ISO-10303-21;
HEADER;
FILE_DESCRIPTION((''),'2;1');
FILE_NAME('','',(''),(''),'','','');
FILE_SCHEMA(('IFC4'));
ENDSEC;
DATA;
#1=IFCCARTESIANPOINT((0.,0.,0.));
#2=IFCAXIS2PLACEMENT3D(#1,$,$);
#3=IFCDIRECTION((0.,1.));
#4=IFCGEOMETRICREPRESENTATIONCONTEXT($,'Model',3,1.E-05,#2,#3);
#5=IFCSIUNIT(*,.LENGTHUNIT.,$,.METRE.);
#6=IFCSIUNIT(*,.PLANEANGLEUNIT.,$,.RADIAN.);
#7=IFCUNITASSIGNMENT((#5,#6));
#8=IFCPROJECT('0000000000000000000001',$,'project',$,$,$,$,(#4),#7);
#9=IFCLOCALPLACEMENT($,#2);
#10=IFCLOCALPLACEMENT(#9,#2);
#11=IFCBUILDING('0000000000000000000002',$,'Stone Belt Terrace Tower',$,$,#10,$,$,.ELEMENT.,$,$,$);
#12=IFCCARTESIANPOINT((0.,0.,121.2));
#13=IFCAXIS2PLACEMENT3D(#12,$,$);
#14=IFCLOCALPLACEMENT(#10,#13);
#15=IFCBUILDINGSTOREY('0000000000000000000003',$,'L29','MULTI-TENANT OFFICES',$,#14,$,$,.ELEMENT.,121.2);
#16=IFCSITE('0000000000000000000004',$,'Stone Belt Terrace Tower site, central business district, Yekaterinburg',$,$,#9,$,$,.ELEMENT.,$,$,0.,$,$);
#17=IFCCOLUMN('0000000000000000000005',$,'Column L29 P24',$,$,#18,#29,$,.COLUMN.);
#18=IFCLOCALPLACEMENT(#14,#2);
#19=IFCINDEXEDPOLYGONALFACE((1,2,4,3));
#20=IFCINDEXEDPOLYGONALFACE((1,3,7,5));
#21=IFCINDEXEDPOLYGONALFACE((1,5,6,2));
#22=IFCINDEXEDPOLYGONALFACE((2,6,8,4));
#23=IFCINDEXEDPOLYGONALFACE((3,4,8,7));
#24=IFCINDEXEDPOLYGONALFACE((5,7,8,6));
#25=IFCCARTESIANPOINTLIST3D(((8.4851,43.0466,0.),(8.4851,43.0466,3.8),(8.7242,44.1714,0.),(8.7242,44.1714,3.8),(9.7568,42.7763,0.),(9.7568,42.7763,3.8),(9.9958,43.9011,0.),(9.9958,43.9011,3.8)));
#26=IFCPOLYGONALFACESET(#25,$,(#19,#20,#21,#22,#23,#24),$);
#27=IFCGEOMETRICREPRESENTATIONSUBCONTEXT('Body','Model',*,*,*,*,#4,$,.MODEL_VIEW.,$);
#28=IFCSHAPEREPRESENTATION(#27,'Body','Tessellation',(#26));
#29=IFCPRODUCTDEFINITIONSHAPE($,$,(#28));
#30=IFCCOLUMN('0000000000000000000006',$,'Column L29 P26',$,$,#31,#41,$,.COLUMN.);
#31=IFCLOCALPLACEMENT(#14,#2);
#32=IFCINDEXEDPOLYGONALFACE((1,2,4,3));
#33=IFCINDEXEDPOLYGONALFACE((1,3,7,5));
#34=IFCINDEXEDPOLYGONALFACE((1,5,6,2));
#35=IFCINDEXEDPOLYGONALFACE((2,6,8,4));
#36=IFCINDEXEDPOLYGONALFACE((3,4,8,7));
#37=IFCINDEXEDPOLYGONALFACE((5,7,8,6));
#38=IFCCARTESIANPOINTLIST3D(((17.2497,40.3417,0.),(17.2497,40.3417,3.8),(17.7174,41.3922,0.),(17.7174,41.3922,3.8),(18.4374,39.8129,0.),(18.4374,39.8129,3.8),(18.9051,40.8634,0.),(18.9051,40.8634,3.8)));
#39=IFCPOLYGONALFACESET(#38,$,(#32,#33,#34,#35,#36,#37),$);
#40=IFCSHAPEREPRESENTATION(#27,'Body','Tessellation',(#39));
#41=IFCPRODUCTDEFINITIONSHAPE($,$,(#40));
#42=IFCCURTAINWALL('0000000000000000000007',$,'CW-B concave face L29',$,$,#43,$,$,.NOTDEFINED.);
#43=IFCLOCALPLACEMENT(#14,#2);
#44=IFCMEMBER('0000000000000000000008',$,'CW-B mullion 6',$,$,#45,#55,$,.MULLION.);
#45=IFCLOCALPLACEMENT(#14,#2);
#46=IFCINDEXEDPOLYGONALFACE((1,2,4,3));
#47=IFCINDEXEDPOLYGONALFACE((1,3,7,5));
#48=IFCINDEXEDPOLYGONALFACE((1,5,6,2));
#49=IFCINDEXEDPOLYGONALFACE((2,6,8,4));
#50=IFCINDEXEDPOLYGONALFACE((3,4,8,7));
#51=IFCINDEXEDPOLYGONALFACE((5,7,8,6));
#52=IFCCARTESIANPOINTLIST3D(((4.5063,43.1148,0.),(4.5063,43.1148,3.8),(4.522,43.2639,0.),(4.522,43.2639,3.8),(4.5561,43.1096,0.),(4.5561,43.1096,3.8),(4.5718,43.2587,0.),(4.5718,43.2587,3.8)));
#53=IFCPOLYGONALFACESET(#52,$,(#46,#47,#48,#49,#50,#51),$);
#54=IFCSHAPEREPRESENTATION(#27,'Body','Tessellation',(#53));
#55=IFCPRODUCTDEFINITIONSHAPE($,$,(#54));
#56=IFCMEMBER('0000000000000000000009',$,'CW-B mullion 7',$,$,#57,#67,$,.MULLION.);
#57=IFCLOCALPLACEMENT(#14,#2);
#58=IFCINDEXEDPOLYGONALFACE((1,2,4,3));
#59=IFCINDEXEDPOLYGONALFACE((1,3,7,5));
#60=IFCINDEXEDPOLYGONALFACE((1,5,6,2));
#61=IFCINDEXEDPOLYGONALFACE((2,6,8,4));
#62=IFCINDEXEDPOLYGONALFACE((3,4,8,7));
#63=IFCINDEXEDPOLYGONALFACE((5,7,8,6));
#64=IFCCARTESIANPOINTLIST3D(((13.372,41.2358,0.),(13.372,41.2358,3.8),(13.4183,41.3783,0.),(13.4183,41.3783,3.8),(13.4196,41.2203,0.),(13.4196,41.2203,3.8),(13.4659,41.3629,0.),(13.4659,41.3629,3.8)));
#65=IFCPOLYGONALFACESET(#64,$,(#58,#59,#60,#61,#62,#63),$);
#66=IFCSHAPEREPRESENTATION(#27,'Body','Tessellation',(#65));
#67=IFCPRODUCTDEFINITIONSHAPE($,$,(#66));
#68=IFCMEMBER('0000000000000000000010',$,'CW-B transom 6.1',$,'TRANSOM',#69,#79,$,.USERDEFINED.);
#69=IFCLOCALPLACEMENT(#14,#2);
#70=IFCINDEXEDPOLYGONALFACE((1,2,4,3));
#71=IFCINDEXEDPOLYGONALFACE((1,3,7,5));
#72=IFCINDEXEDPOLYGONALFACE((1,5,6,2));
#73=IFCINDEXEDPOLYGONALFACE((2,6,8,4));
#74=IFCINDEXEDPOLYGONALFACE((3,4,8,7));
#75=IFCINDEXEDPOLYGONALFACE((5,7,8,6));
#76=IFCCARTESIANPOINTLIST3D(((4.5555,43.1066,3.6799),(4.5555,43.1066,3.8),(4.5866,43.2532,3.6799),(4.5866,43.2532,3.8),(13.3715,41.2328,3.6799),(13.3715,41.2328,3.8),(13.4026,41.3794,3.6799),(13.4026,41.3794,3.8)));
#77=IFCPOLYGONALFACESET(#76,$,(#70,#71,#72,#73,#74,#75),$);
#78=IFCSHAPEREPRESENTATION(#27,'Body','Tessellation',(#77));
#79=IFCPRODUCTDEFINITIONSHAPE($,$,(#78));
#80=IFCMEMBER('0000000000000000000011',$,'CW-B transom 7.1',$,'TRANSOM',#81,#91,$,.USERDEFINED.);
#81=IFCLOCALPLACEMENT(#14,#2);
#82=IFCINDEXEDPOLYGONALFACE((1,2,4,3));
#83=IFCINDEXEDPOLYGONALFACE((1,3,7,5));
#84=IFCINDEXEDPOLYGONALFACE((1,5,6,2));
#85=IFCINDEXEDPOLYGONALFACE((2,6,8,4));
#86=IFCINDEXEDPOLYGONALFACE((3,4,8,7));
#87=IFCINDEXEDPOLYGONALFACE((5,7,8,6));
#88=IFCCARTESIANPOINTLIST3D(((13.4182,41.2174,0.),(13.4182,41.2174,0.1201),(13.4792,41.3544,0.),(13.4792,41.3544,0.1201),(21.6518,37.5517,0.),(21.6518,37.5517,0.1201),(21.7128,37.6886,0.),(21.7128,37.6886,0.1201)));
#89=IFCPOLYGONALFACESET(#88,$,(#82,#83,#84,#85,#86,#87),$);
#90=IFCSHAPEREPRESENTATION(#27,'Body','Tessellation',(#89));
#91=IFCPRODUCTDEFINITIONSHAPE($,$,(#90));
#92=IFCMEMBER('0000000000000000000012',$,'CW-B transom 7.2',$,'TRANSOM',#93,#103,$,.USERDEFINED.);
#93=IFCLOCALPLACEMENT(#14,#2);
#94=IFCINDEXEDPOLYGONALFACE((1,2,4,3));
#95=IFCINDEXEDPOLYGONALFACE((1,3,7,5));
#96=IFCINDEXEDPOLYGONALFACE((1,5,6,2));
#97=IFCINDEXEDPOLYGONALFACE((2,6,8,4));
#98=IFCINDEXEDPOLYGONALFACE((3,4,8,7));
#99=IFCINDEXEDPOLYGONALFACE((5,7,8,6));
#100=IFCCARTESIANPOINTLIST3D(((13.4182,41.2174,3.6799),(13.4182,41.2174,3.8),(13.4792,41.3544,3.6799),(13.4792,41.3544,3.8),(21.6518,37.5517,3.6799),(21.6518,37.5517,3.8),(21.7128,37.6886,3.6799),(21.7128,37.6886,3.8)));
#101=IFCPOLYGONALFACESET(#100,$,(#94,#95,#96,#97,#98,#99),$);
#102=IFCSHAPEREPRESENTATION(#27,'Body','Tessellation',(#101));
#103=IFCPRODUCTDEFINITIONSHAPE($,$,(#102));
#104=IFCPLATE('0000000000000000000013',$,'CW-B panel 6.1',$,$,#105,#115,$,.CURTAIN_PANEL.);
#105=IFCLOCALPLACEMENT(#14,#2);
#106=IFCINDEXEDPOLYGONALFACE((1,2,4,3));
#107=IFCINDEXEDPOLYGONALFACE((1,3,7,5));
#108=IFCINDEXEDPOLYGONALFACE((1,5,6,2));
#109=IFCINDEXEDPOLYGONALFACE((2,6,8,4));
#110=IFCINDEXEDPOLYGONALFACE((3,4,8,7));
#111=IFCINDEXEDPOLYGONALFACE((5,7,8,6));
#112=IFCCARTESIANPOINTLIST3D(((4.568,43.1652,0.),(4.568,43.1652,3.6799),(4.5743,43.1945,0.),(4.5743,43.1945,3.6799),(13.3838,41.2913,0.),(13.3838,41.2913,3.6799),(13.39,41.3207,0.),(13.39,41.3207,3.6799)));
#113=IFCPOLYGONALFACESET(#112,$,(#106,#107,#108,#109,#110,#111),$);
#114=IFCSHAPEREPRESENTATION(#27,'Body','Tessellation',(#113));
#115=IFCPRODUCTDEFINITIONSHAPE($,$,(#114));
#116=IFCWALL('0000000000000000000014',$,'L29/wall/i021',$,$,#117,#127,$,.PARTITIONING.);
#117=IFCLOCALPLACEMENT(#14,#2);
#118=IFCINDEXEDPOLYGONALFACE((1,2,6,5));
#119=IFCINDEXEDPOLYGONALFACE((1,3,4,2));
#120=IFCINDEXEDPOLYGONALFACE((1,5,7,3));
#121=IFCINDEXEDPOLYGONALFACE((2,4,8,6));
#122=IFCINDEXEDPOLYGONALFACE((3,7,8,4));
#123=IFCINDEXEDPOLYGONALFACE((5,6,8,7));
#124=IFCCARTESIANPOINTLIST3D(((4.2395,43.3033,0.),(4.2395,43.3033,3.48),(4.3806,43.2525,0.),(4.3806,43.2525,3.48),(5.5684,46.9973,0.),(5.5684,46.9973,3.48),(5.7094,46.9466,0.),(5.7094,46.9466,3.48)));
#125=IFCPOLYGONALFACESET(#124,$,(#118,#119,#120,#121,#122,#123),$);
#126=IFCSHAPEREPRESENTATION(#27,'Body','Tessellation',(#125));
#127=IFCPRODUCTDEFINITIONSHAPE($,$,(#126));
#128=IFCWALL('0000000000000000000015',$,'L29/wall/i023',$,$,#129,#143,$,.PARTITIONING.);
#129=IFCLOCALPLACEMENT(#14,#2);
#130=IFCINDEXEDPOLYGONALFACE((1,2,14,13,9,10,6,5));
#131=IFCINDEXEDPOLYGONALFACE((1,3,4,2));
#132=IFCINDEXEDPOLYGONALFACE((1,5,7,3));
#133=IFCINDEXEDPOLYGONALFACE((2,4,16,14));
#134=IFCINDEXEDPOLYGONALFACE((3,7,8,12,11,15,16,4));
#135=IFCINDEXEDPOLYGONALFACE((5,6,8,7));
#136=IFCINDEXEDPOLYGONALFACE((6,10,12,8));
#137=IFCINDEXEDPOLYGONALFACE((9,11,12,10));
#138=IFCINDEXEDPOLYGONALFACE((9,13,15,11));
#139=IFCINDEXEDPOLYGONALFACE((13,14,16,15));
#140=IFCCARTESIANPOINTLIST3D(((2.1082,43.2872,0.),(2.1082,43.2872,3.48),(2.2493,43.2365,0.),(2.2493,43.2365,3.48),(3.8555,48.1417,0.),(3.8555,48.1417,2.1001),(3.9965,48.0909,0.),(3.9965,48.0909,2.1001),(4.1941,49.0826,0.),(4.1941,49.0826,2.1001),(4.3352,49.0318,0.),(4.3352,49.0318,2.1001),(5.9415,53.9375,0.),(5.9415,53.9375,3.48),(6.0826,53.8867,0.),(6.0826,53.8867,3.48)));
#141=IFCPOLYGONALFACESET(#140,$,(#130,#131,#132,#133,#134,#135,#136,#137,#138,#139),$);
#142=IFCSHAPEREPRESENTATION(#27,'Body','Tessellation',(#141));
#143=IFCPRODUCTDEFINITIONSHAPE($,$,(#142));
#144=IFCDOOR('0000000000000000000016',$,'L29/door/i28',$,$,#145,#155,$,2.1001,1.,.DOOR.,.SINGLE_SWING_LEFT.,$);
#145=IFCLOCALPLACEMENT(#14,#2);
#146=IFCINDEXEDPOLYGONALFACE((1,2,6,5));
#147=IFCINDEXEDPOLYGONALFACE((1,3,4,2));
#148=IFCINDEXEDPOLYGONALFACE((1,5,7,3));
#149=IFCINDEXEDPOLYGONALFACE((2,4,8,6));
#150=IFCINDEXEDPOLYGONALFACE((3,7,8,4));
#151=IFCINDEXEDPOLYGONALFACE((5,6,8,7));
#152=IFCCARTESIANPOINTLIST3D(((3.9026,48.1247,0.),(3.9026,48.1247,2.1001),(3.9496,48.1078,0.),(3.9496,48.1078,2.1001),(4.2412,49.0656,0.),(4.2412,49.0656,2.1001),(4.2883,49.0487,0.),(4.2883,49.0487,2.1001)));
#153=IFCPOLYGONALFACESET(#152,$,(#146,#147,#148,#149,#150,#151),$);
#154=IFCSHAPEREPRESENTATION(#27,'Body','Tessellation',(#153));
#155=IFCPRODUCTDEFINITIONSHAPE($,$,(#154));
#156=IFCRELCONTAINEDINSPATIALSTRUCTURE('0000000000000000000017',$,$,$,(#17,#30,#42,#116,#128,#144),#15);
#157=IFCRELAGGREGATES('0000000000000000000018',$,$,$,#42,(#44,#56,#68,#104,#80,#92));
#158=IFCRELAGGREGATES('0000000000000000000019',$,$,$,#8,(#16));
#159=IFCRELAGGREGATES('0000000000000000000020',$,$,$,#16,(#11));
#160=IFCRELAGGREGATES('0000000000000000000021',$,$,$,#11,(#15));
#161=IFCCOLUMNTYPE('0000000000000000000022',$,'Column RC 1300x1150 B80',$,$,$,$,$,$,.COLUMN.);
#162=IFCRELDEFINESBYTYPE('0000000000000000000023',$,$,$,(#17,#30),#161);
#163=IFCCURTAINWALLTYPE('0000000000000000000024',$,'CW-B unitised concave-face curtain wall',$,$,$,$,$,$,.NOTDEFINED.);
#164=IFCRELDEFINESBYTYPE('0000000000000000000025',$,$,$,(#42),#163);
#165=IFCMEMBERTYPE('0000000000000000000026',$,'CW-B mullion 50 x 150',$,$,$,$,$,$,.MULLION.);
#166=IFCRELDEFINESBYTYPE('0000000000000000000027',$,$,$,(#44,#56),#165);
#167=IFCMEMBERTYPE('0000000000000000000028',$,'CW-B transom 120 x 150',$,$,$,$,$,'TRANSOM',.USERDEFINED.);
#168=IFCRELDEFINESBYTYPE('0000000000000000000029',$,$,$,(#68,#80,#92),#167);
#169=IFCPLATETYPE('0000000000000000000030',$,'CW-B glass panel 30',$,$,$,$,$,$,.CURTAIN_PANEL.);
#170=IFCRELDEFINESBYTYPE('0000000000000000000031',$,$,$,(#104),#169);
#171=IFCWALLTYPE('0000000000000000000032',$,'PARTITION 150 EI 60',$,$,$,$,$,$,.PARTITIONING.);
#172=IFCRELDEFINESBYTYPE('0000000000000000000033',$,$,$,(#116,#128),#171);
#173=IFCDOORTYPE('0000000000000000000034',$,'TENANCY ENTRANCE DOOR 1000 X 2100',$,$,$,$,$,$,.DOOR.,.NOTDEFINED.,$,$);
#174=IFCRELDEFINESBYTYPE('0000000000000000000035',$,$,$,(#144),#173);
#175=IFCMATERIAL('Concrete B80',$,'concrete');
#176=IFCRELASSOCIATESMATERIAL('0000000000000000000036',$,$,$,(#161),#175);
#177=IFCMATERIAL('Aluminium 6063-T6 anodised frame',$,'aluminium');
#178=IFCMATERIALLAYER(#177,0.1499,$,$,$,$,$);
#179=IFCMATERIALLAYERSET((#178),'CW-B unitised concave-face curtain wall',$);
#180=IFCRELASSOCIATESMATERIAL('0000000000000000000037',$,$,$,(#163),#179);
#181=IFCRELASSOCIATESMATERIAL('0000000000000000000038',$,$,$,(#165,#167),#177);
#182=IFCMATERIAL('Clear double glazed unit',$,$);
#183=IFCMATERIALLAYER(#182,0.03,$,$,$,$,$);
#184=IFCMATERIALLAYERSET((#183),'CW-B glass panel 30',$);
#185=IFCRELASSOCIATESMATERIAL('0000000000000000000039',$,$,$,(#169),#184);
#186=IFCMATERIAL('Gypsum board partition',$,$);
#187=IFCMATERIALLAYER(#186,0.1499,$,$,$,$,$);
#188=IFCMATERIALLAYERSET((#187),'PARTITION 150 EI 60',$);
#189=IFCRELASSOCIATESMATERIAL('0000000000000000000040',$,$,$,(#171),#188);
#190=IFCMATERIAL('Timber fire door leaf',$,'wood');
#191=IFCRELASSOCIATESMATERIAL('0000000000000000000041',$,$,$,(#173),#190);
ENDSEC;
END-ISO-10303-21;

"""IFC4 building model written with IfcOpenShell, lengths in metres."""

from ifc_helpers import new_model, si_unit, direction, frame, frame_2d, origin, origin_2d, place, context, subcontext, project, spatial, rectangle, extrude, material, layer, layer_set, material_profile, profile_set, type_object, element, fill, aggregate, save


model = new_model("IFC4")

# Units and contexts
model_context = context("Model", 3, precision=1e-05, world=origin(), true_north=direction((0.0, 1.0)))
body_context = subcontext(model_context, "Body", "Model", "MODEL_VIEW")
ifc_project = project(units=[si_unit("LENGTHUNIT", "METRE"), si_unit("PLANEANGLEUNIT", "RADIAN")], contexts=[model_context])

# Site, building, storey
site_placement = place(None, origin())
site = spatial("IfcSite", under=ifc_project, at=site_placement, Name="Stone Belt Terrace Tower site, central business district, Yekaterinburg", CompositionType="ELEMENT", RefElevation=0.0)
building_placement = place(site_placement, origin())
building = spatial("IfcBuilding", under=site, at=building_placement, Name="Stone Belt Terrace Tower", CompositionType="ELEMENT")
storey_placement = place(building_placement, frame((0.0, 0.0, 121.2)))
storey = spatial("IfcBuildingStorey", under=building, at=storey_placement, Name="L29", Description="MULTI-TENANT OFFICES", CompositionType="ELEMENT", Elevation=121.2)

# Columns
ifc_material_1 = material(Name="Concrete B80", Category="concrete")
ifc_material_profile_1 = material_profile(ifc_material_1, rectangle(XDim=1.3, YDim=1.1499, at=origin_2d()), Name="RC 1300x1150")
ifc_profile_set_1 = profile_set([ifc_material_profile_1], Name="Concrete B80")
column_type = type_object("IfcColumnType", Name="Column RC 1300x1150 B80", PredefinedType="COLUMN", material=ifc_profile_set_1)
for number, where, z_axis, x_axis, name in (
    (1, (9.2405, 43.4739, 0.0), (0.0, 0.0, 1.0), (0.978148, -0.207912, 0.0), "Column L29 P24"),
    (2, (18.0774, 40.6025, 0.0), (0.0, 0.0, 1.0), (0.913545, -0.406737, 0.0), "Column L29 P26"),
):
    element("IfcColumn", number, at=place(storey_placement, frame(where, z_axis=z_axis, x_axis=x_axis)), inside=storey, type_object=column_type, Name=name, PredefinedType="COLUMN", context=body_context, shape_type="SweptSolid", body=[
        extrude(rectangle(XDim=1.3, YDim=1.1499, at=origin_2d()), origin(), (0.0, 0.0, 1.0), 3.8),
    ])

# Curtain wall, members, plate
ifc_material_2 = material(Name="Aluminium 6063-T6 anodised frame", Category="aluminium")
ifc_layer_1 = layer(ifc_material_2, 0.1499)
ifc_layer_set_1 = layer_set([ifc_layer_1], Name="CW-B unitised concave-face curtain wall")
curtain_wall_type = type_object("IfcCurtainWallType", Name="CW-B unitised concave-face curtain wall", PredefinedType="NOTDEFINED", material=ifc_layer_set_1)
curtain_wall_placement = place(storey_placement, origin())
curtain_wall = element("IfcCurtainWall", 3, at=curtain_wall_placement, inside=storey, type_object=curtain_wall_type, Name="CW-B concave face L29", PredefinedType="NOTDEFINED")
ifc_material_profile_2 = material_profile(ifc_material_2, rectangle(XDim=0.1499, YDim=0.05, at=origin_2d()), Name="Aluminium 6063-T6 50x150")
ifc_profile_set_2 = profile_set([ifc_material_profile_2], Name="Aluminium 6063-T6 anodised frame")
member_type_1 = type_object("IfcMemberType", Name="CW-B mullion 50 x 150", PredefinedType="MULLION", material=ifc_profile_set_2)
member_1_placement = place(storey_placement, frame((4.5391, 43.1868, 0.0), z_axis=(0.0, 0.0, 1.0), x_axis=(0.104528, 0.994522, 0.0)))
member_1 = element("IfcMember", 4, at=member_1_placement, type_object=member_type_1, Name="CW-B mullion 6", PredefinedType="MULLION", context=body_context, shape_type="SweptSolid", body=[
    extrude(rectangle(XDim=0.1499, YDim=0.05, at=origin_2d()), origin(), (0.0, 0.0, 1.0), 3.8),
])
member_2_placement = place(storey_placement, frame((13.4189, 41.2993, 0.0), z_axis=(0.0, 0.0, 1.0), x_axis=(0.309017, 0.951057, 0.0)))
member_2 = element("IfcMember", 5, at=member_2_placement, type_object=member_type_1, Name="CW-B mullion 7", PredefinedType="MULLION", context=body_context, shape_type="SweptSolid", body=[
    extrude(rectangle(XDim=0.1499, YDim=0.05, at=origin_2d()), origin(), (0.0, 0.0, 1.0), 3.8),
])
ifc_material_profile_3 = material_profile(ifc_material_2, rectangle(XDim=0.1499, YDim=0.1201, at=origin_2d()), Name="Aluminium 6063-T6 150x120")
ifc_profile_set_3 = profile_set([ifc_material_profile_3], Name="Aluminium 6063-T6 anodised frame")
member_type_2 = type_object("IfcMemberType", Name="CW-B transom 120 x 150", ElementType="TRANSOM", PredefinedType="USERDEFINED", material=ifc_profile_set_3)
member_3_placement = place(storey_placement, frame((4.571, 43.1799, 3.74), z_axis=(0.97815, -0.207901, 0.0), x_axis=(0.207901, 0.97815, 0.0)))
member_3 = element("IfcMember", 6, at=member_3_placement, type_object=member_type_2, Name="CW-B transom 6.1", ObjectType="TRANSOM", PredefinedType="USERDEFINED", context=body_context, shape_type="SweptSolid", body=[
    extrude(rectangle(XDim=0.1499, YDim=0.1201, at=origin_2d()), origin(), (0.0, 0.0, 1.0), 9.0129),
])
member_4_placement = place(storey_placement, frame((13.4487, 41.2859, 0.0601), z_axis=(0.913549, -0.406729, 0.0), x_axis=(0.406729, 0.913549, 0.0)))
member_4 = element("IfcMember", 7, at=member_4_placement, type_object=member_type_2, Name="CW-B transom 7.1", ObjectType="TRANSOM", PredefinedType="USERDEFINED", context=body_context, shape_type="SweptSolid", body=[
    extrude(rectangle(XDim=0.1499, YDim=0.1201, at=origin_2d()), origin(), (0.0, 0.0, 1.0), 9.0127),
])
member_5_placement = place(storey_placement, frame((13.4487, 41.2859, 3.74), z_axis=(0.913549, -0.406729, 0.0), x_axis=(0.406729, 0.913549, 0.0)))
member_5 = element("IfcMember", 8, at=member_5_placement, type_object=member_type_2, Name="CW-B transom 7.2", ObjectType="TRANSOM", PredefinedType="USERDEFINED", context=body_context, shape_type="SweptSolid", body=[
    extrude(rectangle(XDim=0.1499, YDim=0.1201, at=origin_2d()), origin(), (0.0, 0.0, 1.0), 9.0127),
])
ifc_material_3 = material(Name="Clear double glazed unit")
ifc_layer_2 = layer(ifc_material_3, 0.03)
ifc_layer_set_2 = layer_set([ifc_layer_2], Name="CW-B glass panel 30")
plate_type = type_object("IfcPlateType", Name="CW-B glass panel 30", PredefinedType="CURTAIN_PANEL", material=ifc_layer_set_2)
plate_placement = place(storey_placement, frame((8.979, 42.2429, 0.0), z_axis=(0.0, 0.0, 1.0), x_axis=(0.978148, -0.207912, 0.0)))
plate = element("IfcPlate", 9, at=plate_placement, type_object=plate_type, Name="CW-B panel 6.1", PredefinedType="CURTAIN_PANEL", context=body_context, shape_type="SweptSolid", body=[
    extrude(rectangle(XDim=9.0127, YDim=0.03, at=origin_2d()), origin(), (0.0, 0.0, 1.0), 3.6799),
])
aggregate(curtain_wall, [member_1, member_2, member_3, plate, member_4, member_5])

# Wall
ifc_material_4 = material(Name="Gypsum board partition")
ifc_layer_3 = layer(ifc_material_4, 0.1499)
ifc_layer_set_3 = layer_set([ifc_layer_3], Name="PARTITION 150 EI 60")
wall_type_1 = type_object("IfcWallType", Name="PARTITION 150 EI 60", PredefinedType="PARTITIONING", material=ifc_layer_set_3)
wall_1_placement = place(storey_placement, frame((5.6389, 46.9719, 0.0), z_axis=(0.0, 0.0, 1.0), x_axis=(-0.33849, -0.94097, 0.0)))
element("IfcWall", 10, at=wall_1_placement, inside=storey, type_object=wall_type_1, Name="L29/wall/i021", PredefinedType="PARTITIONING", context=body_context, shape_type="SweptSolid", body=[
    extrude(rectangle(XDim=3.9258, YDim=0.1499, at=frame_2d((1.9629, 0.0))), origin(), (0.0, 0.0, 1.0), 3.48),
])

# Wall, opening, door
wall_2_placement = place(storey_placement, frame((2.1787, 43.2617, 0.0), z_axis=(0.0, 0.0, 1.0), x_axis=(0.338657, 0.94091, 0.0)))
wall_2 = element("IfcWall", 11, at=wall_2_placement, inside=storey, type_object=wall_type_1, Name="L29/wall/i023", PredefinedType="PARTITIONING", context=body_context, shape_type="SweptSolid", body=[
    extrude(rectangle(XDim=11.3191, YDim=0.1499, at=frame_2d((5.6597, 0.0))), origin(), (0.0, 0.0, 1.0), 3.48),
])
opening_1_placement = place(wall_2_placement, frame((5.1594, 0.0, 0.0)))
opening_1 = element("IfcOpeningElement", 12, at=opening_1_placement, cuts=wall_2, PredefinedType="OPENING", context=body_context, shape_type="SweptSolid", body=[
    extrude(rectangle(XDim=1.0, YDim=2.1001, at=frame_2d((0.5, 1.05))), frame((0.0, 0.085, 0.0), z_axis=(0.0, -1.0, 0.0), x_axis=(1.0, 0.0, 0.0)), (0.0, 0.0, 1.0), 0.1699),
])
ifc_material_5 = material(Name="Timber fire door leaf", Category="wood")
door_type_1 = type_object("IfcDoorType", Name="TENANCY ENTRANCE DOOR 1000 X 2100", OperationType="NOTDEFINED", PredefinedType="DOOR", material=ifc_material_5)
door_1_placement = place(opening_1_placement, origin())
door_1 = element("IfcDoor", 13, at=door_1_placement, inside=storey, type_object=door_type_1, Name="L29/door/i28", OperationType="SINGLE_SWING_LEFT", OverallHeight=2.1001, OverallWidth=1.0, PredefinedType="DOOR", context=body_context, shape_type="SweptSolid", body=[
    extrude(rectangle(XDim=1.0, YDim=2.1001, at=frame_2d((0.5, 1.05))), frame((0.0, 0.0249, 0.0), z_axis=(0.0, -1.0, 0.0), x_axis=(1.0, 0.0, 0.0)), (0.0, 0.0, 1.0), 0.05),
])
fill(opening_1, door_1)

save(model, "model.ifc")
